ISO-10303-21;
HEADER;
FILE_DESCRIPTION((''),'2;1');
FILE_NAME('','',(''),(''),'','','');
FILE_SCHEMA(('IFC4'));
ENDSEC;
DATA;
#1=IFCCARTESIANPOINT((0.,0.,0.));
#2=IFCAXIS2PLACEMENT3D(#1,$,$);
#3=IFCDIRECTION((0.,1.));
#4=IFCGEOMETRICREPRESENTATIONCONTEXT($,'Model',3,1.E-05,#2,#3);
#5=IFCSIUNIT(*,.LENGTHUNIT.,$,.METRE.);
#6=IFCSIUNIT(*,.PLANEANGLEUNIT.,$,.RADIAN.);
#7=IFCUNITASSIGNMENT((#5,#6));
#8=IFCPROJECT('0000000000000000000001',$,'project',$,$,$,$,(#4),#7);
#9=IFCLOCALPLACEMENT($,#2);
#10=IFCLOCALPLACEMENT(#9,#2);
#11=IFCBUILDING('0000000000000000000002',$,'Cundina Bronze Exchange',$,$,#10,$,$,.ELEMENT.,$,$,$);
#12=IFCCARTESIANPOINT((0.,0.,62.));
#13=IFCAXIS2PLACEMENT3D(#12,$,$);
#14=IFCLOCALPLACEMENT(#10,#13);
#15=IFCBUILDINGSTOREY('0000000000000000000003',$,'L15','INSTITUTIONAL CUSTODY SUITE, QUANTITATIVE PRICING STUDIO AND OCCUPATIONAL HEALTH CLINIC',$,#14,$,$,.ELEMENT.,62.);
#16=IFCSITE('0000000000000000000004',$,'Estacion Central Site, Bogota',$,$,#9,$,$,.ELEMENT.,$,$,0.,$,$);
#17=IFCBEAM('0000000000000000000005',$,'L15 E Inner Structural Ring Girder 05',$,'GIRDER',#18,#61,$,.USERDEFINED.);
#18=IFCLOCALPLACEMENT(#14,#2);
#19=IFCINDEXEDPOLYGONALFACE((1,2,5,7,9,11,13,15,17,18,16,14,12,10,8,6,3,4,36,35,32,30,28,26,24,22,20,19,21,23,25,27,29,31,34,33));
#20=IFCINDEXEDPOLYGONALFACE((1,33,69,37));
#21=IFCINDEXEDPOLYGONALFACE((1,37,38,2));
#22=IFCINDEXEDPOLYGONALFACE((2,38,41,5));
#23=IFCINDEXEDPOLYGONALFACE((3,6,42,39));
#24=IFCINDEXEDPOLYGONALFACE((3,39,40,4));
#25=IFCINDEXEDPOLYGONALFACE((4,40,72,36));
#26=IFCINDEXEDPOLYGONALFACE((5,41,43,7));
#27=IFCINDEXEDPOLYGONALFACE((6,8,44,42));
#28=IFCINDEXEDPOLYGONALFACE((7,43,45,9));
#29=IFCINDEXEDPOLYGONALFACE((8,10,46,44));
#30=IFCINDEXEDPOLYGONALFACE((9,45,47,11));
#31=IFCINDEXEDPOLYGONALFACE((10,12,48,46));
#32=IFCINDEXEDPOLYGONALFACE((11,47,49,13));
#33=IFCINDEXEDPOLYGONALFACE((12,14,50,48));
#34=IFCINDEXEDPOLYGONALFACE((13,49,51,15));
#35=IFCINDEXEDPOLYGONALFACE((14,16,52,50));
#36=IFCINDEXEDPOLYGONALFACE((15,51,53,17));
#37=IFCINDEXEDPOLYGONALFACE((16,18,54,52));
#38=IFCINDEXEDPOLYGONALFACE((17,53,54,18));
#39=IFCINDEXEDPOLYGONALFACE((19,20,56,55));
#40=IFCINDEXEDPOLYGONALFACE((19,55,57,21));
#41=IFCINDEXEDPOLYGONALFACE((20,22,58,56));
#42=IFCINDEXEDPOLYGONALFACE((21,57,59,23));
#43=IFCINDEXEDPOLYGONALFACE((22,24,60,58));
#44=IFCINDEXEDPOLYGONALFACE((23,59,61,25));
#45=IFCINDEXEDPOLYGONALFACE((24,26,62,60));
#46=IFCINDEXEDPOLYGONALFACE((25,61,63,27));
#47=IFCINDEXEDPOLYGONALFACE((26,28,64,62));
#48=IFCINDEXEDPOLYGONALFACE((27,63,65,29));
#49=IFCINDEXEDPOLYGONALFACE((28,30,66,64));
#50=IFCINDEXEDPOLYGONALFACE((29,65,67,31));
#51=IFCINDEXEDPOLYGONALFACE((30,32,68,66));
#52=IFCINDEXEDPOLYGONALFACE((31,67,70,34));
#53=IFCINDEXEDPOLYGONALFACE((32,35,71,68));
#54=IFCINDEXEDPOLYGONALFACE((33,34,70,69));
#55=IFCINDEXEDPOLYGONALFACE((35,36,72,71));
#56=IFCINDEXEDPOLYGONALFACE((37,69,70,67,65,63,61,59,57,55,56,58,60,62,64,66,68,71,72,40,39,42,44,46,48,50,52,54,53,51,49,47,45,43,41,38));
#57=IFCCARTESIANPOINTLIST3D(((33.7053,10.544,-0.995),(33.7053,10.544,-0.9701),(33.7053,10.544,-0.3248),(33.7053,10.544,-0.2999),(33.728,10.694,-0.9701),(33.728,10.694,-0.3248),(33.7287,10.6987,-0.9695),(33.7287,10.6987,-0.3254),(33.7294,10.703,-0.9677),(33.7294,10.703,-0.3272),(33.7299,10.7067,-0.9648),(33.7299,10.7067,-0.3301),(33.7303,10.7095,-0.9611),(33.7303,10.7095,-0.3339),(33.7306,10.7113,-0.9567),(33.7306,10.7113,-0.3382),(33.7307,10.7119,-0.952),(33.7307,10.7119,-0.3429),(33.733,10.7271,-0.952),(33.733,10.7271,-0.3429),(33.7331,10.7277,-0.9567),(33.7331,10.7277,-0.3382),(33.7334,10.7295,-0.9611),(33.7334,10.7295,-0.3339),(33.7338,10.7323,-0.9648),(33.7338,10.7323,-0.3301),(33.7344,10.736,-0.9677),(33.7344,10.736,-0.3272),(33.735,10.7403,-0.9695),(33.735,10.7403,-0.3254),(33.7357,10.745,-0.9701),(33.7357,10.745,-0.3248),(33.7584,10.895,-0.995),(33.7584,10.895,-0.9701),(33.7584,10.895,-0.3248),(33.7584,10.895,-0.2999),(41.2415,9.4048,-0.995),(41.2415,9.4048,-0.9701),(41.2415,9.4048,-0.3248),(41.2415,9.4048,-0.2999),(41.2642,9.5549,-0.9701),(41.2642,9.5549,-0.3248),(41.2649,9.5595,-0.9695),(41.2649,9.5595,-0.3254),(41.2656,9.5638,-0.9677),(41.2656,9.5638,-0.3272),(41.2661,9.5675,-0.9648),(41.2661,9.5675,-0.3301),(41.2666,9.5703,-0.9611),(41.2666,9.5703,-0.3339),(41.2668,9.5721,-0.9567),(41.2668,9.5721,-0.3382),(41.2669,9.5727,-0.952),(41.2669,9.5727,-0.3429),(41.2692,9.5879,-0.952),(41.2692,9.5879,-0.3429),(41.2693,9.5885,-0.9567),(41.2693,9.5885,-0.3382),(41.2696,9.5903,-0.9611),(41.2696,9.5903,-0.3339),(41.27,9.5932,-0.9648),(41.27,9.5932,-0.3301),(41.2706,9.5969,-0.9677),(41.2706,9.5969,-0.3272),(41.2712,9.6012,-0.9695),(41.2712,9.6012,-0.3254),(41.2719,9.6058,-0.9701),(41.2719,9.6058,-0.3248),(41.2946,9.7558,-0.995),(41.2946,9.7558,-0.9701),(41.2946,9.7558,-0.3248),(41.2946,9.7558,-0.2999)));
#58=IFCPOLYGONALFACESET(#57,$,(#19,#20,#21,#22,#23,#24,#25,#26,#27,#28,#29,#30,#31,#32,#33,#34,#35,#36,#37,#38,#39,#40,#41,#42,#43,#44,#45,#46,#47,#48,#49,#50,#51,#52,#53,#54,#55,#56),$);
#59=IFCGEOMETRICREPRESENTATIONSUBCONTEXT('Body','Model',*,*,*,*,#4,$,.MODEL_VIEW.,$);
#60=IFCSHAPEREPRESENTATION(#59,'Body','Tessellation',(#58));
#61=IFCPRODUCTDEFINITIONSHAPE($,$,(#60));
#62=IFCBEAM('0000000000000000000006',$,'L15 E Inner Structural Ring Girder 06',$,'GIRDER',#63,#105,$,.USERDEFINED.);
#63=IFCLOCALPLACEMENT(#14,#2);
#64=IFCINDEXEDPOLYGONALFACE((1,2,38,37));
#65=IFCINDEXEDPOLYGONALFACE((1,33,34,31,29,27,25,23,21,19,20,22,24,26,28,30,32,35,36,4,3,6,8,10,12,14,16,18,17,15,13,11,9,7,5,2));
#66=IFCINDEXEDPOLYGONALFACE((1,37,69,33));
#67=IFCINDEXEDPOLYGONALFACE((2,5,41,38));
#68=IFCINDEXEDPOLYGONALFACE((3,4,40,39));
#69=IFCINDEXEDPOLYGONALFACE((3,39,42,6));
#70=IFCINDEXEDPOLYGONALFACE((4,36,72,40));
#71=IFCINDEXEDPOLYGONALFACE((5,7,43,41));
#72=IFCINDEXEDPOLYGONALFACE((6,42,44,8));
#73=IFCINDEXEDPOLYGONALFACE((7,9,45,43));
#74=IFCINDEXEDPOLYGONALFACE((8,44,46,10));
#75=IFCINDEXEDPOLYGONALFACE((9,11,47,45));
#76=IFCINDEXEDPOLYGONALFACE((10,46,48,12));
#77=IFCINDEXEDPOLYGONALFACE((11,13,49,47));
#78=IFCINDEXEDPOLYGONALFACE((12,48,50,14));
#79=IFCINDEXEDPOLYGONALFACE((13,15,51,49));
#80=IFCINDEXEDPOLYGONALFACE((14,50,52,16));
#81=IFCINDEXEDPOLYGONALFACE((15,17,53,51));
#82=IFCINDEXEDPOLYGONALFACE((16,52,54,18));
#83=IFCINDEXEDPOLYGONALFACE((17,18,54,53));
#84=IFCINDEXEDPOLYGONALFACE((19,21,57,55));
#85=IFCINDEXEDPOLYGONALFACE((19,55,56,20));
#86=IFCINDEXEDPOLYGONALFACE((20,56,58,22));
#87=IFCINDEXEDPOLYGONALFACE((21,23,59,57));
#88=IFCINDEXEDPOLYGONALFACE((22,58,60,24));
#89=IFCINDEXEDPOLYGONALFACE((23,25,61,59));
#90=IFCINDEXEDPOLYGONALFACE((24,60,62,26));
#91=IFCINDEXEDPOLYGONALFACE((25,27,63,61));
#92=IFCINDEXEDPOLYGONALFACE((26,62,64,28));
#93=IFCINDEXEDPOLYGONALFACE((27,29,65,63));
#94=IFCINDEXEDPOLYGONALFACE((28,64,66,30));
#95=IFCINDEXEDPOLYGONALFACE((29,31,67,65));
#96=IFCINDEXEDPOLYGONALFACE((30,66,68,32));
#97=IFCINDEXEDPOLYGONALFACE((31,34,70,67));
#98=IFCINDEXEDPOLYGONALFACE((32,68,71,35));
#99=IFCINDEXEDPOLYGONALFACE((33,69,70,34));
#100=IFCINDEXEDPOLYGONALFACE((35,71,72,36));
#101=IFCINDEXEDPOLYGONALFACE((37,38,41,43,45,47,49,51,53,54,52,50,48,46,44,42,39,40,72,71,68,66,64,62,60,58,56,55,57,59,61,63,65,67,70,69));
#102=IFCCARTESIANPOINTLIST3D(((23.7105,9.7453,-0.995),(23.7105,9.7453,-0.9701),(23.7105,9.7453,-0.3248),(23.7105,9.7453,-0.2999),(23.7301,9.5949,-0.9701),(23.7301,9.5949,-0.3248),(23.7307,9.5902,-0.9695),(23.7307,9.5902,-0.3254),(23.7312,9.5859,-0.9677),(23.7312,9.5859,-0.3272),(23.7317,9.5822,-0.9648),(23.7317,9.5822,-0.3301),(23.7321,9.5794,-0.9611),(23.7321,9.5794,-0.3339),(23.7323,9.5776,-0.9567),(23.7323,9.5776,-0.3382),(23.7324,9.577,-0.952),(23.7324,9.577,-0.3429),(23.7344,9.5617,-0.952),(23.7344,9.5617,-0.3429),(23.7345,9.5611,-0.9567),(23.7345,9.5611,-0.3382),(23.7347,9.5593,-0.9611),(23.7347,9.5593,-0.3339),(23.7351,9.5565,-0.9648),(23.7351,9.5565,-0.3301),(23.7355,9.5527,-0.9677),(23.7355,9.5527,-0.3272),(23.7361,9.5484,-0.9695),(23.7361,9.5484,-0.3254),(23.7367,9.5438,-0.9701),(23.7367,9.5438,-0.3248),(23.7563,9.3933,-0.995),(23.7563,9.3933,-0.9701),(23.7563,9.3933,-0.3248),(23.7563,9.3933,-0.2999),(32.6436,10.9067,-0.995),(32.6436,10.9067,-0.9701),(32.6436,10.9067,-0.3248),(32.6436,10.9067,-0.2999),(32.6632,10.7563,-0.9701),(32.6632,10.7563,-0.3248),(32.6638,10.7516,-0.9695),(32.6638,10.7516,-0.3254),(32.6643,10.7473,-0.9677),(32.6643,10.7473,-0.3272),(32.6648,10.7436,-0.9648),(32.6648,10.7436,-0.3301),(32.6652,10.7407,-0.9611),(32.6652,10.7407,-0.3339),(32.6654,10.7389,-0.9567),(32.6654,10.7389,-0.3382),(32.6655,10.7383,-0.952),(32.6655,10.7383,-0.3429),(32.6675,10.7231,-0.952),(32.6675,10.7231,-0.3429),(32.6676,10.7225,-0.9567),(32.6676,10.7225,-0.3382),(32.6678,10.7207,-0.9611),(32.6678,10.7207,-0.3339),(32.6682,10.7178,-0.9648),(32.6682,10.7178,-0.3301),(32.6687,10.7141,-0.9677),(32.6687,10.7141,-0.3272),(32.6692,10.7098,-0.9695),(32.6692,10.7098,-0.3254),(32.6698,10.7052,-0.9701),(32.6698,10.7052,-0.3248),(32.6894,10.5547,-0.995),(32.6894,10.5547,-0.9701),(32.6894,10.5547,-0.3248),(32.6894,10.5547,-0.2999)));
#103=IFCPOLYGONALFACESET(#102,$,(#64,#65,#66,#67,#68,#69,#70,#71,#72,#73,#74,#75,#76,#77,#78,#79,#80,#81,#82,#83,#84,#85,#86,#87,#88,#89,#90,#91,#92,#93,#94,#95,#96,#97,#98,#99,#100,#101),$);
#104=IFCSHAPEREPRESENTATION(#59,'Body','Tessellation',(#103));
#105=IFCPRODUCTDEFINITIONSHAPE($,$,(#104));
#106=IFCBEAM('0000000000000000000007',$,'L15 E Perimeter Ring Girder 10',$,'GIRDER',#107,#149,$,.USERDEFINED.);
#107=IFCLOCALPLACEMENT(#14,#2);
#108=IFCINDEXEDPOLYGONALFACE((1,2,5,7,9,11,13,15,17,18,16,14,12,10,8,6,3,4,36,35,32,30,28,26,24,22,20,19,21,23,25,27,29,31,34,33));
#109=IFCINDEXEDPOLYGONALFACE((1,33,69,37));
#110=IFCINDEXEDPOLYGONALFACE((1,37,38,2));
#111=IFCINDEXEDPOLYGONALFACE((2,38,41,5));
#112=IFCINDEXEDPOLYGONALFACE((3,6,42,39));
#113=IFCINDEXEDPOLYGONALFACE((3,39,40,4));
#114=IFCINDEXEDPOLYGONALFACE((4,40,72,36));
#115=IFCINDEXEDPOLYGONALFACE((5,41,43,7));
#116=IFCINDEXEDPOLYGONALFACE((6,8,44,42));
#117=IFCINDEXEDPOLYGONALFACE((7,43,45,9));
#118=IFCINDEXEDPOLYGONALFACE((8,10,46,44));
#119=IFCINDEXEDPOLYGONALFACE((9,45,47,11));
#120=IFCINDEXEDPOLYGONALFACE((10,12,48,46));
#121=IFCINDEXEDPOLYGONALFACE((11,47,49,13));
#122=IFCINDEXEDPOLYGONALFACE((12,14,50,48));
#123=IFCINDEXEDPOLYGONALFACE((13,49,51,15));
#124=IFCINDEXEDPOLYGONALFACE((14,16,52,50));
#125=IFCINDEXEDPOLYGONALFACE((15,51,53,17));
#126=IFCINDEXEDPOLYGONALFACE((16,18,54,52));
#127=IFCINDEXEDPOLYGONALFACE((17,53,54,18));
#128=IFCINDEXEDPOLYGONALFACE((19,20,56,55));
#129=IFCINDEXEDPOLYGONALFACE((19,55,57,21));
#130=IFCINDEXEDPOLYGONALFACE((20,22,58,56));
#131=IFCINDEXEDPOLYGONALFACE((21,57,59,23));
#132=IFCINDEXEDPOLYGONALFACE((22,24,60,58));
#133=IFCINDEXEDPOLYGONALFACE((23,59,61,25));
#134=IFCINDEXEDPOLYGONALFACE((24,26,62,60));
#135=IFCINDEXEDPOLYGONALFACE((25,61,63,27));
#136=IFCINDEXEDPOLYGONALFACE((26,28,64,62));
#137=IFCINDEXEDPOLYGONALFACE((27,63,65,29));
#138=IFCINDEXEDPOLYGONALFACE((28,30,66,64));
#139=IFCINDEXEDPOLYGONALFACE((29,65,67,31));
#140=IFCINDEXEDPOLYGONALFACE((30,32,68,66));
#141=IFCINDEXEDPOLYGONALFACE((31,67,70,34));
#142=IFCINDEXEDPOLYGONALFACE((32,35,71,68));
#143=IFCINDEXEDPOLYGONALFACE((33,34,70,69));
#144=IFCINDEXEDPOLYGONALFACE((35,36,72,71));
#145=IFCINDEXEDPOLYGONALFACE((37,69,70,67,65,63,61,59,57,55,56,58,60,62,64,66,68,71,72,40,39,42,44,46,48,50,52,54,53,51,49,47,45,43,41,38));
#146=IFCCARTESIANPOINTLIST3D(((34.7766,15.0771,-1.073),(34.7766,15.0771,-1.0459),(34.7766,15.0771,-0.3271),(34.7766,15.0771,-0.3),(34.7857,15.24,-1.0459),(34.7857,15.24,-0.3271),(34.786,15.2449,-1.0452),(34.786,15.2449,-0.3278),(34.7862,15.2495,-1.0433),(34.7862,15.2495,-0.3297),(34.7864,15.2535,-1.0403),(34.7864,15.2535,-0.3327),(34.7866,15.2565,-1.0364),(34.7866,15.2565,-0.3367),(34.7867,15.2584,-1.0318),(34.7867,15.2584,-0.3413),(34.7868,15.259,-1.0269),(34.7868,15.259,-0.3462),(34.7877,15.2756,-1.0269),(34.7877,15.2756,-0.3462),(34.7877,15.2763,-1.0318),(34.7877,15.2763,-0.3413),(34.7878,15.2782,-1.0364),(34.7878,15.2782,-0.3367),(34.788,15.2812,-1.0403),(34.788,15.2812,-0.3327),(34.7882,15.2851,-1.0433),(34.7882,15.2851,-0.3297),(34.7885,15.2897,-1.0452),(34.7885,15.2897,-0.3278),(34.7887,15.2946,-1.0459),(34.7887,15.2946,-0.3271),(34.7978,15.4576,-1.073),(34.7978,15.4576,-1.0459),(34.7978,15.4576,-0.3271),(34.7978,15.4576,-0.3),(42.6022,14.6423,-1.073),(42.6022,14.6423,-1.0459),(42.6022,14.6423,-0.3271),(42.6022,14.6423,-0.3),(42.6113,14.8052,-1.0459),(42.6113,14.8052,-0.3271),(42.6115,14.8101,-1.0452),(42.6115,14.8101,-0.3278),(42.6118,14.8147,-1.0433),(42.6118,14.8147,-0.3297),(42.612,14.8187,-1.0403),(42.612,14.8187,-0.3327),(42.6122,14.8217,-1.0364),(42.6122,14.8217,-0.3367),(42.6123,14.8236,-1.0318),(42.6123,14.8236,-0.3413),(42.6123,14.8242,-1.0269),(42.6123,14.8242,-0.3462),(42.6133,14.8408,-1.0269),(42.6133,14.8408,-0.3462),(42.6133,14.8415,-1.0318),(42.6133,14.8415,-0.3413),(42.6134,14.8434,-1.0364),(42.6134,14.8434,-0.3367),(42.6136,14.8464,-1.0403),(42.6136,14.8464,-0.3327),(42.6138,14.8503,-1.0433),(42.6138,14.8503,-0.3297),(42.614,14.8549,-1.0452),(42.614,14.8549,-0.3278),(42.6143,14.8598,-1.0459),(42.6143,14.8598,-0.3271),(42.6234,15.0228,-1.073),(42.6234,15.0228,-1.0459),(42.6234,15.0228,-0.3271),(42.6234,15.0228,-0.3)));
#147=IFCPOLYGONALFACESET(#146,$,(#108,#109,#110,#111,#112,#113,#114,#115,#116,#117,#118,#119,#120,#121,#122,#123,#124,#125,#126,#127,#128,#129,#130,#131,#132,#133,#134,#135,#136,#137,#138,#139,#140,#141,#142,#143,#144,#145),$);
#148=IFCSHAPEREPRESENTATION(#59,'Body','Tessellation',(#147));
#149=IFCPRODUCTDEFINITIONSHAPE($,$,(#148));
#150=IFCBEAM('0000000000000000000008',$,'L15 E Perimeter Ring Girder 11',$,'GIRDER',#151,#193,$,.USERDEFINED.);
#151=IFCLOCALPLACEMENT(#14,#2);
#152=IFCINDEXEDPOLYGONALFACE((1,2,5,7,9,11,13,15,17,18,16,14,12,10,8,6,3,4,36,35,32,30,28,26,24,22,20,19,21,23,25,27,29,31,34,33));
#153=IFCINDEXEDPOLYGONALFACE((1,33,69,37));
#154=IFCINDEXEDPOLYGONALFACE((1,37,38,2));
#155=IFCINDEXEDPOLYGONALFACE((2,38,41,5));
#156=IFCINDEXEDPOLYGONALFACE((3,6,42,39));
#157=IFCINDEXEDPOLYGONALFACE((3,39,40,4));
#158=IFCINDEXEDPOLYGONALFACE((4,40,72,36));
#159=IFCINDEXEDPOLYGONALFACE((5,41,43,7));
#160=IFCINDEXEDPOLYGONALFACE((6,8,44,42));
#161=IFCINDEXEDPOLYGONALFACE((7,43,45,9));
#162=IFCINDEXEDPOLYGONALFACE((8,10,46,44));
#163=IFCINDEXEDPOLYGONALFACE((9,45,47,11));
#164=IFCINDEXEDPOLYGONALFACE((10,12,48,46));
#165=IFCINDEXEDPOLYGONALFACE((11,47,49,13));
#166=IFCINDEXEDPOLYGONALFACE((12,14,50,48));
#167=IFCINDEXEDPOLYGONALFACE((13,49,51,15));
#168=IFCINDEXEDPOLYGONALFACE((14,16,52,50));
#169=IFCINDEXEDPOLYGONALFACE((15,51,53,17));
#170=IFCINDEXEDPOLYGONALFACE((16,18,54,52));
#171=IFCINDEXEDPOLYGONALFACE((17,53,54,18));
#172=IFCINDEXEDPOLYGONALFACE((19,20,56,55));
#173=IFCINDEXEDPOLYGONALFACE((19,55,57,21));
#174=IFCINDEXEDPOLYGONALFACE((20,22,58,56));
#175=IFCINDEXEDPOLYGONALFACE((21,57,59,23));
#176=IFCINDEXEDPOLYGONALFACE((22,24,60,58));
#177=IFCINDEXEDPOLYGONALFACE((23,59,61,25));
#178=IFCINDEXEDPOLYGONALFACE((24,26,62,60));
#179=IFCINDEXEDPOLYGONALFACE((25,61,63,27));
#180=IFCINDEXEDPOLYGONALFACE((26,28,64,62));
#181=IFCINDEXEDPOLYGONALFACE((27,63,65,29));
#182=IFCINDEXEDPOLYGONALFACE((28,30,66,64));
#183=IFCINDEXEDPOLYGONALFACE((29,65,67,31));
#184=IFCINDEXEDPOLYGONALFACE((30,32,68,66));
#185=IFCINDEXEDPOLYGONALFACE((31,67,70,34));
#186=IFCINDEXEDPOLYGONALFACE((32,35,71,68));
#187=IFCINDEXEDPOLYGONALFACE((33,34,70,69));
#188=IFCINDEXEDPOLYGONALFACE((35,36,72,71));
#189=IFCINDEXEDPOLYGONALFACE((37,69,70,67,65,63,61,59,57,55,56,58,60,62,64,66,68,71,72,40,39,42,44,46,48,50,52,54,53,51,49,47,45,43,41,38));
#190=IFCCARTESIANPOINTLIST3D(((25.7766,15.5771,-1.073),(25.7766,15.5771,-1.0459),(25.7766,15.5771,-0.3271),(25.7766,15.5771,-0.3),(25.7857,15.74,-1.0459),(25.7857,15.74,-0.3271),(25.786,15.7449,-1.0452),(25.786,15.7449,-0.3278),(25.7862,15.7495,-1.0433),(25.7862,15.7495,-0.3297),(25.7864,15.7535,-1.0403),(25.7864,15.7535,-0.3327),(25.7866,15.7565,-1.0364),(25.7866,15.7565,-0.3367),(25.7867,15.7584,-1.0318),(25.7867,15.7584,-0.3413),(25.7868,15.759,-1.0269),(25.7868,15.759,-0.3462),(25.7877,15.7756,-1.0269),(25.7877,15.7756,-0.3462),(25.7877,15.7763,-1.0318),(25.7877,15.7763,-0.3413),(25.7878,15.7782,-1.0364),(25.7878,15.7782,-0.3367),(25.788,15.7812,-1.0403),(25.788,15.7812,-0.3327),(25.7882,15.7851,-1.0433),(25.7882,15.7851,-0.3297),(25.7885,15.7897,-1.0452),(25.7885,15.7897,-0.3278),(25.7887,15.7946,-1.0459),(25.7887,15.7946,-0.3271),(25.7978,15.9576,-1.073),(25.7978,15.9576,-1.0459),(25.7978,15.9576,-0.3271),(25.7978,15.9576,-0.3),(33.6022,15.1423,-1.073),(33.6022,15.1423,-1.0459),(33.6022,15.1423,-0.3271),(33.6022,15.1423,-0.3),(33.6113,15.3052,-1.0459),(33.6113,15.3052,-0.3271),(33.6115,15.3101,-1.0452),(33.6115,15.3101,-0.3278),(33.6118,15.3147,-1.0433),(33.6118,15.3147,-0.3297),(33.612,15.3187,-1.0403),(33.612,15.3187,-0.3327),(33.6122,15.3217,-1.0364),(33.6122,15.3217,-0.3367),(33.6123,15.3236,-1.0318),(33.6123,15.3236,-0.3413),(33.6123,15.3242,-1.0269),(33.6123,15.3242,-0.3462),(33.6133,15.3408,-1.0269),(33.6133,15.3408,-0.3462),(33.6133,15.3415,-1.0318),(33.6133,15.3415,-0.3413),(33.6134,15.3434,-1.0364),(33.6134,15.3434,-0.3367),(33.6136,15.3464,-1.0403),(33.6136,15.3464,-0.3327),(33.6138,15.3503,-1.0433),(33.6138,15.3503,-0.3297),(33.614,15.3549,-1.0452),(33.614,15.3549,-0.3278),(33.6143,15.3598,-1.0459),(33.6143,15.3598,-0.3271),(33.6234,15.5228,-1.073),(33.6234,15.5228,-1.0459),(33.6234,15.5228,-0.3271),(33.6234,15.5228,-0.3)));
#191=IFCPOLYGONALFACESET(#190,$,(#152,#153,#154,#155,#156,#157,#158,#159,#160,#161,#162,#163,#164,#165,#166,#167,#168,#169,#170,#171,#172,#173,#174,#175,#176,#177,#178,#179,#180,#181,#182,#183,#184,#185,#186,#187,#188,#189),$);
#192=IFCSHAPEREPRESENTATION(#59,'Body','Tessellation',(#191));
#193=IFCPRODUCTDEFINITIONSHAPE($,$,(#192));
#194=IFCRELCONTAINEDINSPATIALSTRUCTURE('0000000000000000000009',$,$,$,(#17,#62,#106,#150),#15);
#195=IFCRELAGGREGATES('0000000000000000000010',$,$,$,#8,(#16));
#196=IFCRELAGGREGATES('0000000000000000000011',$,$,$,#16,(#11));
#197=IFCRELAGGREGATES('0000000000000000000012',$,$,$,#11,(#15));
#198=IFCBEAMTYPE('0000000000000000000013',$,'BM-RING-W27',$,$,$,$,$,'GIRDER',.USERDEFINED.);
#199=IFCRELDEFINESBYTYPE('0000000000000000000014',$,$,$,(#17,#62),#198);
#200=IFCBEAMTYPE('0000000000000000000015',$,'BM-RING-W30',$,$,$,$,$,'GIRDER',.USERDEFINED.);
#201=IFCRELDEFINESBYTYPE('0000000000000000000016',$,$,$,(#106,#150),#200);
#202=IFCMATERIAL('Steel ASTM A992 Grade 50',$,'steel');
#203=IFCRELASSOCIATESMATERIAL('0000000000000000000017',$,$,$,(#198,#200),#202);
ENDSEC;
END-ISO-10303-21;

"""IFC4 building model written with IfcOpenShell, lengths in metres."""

from ifc_helpers import new_model, si_unit, direction, frame, origin, origin_2d, place, context, subcontext, project, spatial, i_section, extrude, material, material_profile, profile_set, type_object, element, save


model = new_model("IFC4")

# Units and contexts
model_context = context("Model", 3, precision=1e-05, world=origin(), true_north=direction((0.0, 1.0)))
body_context = subcontext(model_context, "Body", "Model", "MODEL_VIEW")
ifc_project = project(units=[si_unit("LENGTHUNIT", "METRE"), si_unit("PLANEANGLEUNIT", "RADIAN")], contexts=[model_context])

# Site, building, storey
site_placement = place(None, origin())
site = spatial("IfcSite", under=ifc_project, at=site_placement, Name="Estacion Central Site, Bogota", CompositionType="ELEMENT", RefElevation=0.0)
building_placement = place(site_placement, origin())
building = spatial("IfcBuilding", under=site, at=building_placement, Name="Cundina Bronze Exchange", CompositionType="ELEMENT")
storey_placement = place(building_placement, frame((0.0, 0.0, 62.0)))
storey = spatial("IfcBuildingStorey", under=building, at=storey_placement, Name="L15", Description="INSTITUTIONAL CUSTODY SUITE, QUANTITATIVE PRICING STUDIO AND OCCUPATIONAL HEALTH CLINIC", CompositionType="ELEMENT", Elevation=62.0)

# Beams
ifc_material_1 = material(Name="Steel ASTM A992 Grade 50", Category="steel")
ifc_material_profile_1 = material_profile(ifc_material_1, i_section(OverallWidth=0.355, OverallDepth=0.6951, WebThickness=0.0154, FlangeThickness=0.0249, FilletRadius=0.0181, at=origin_2d()), Name="W27X146", Category="steel")
ifc_profile_set_1 = profile_set([ifc_material_profile_1], Name="Steel ASTM A992 Grade 50")
beam_type_1 = type_object("IfcBeamType", Name="BM-RING-W27", ElementType="GIRDER", PredefinedType="USERDEFINED", material=ifc_profile_set_1)
beam_1_placement = place(storey_placement, frame((41.2681, 9.5803, -0.6475), z_axis=(-0.988767, 0.149462, 0.0), x_axis=(-0.149462, -0.988767, 0.0)))
element("IfcBeam", 1, at=beam_1_placement, inside=storey, type_object=beam_type_1, Name="L15 E Inner Structural Ring Girder 05", ObjectType="GIRDER", PredefinedType="USERDEFINED", context=body_context, shape_type="SweptSolid", body=[
    extrude(i_section(OverallWidth=0.355, OverallDepth=0.6951, WebThickness=0.0154, FlangeThickness=0.0249, FilletRadius=0.0181, at=origin_2d()), origin(), (0.0, 0.0, 1.0), 7.6218),
])
beam_2_placement = place(storey_placement, frame((32.6665, 10.7307, -0.6475), z_axis=(-0.991655, -0.128923, 0.0), x_axis=(0.128923, -0.991655, 0.0)))
element("IfcBeam", 2, at=beam_2_placement, inside=storey, type_object=beam_type_1, Name="L15 E Inner Structural Ring Girder 06", ObjectType="GIRDER", PredefinedType="USERDEFINED", context=body_context, shape_type="SweptSolid", body=[
    extrude(i_section(OverallWidth=0.355, OverallDepth=0.6951, WebThickness=0.0154, FlangeThickness=0.0249, FilletRadius=0.0181, at=origin_2d()), origin(), (0.0, 0.0, 1.0), 9.0083),
])
ifc_material_profile_2 = material_profile(ifc_material_1, i_section(OverallWidth=0.3811, OverallDepth=0.7729, WebThickness=0.0166, FlangeThickness=0.0271, FilletRadius=0.019, at=origin_2d()), Name="W30X173", Category="steel")
ifc_profile_set_2 = profile_set([ifc_material_profile_2], Name="Steel ASTM A992 Grade 50")
beam_type_2 = type_object("IfcBeamType", Name="BM-RING-W30", ElementType="GIRDER", PredefinedType="USERDEFINED", material=ifc_profile_set_2)
for number, where, z_axis, x_axis, name in (
    (3, (42.6128, 14.8325, -0.6865), (-0.99846, 0.055477, 0.0), (-0.055477, -0.99846, 0.0), "L15 E Perimeter Ring Girder 10"),
    (4, (33.6128, 15.3325, -0.6865), (-0.99846, 0.055477, 0.0), (-0.055477, -0.99846, 0.0), "L15 E Perimeter Ring Girder 11"),
):
    element("IfcBeam", number, at=place(storey_placement, frame(where, z_axis=z_axis, x_axis=x_axis)), inside=storey, type_object=beam_type_2, Name=name, ObjectType="GIRDER", PredefinedType="USERDEFINED", context=body_context, shape_type="SweptSolid", body=[
        extrude(i_section(OverallWidth=0.3811, OverallDepth=0.7729, WebThickness=0.0166, FlangeThickness=0.0271, FilletRadius=0.019, at=origin_2d()), origin(), (0.0, 0.0, 1.0), 7.8376),
    ])

save(model, "model.ifc")
